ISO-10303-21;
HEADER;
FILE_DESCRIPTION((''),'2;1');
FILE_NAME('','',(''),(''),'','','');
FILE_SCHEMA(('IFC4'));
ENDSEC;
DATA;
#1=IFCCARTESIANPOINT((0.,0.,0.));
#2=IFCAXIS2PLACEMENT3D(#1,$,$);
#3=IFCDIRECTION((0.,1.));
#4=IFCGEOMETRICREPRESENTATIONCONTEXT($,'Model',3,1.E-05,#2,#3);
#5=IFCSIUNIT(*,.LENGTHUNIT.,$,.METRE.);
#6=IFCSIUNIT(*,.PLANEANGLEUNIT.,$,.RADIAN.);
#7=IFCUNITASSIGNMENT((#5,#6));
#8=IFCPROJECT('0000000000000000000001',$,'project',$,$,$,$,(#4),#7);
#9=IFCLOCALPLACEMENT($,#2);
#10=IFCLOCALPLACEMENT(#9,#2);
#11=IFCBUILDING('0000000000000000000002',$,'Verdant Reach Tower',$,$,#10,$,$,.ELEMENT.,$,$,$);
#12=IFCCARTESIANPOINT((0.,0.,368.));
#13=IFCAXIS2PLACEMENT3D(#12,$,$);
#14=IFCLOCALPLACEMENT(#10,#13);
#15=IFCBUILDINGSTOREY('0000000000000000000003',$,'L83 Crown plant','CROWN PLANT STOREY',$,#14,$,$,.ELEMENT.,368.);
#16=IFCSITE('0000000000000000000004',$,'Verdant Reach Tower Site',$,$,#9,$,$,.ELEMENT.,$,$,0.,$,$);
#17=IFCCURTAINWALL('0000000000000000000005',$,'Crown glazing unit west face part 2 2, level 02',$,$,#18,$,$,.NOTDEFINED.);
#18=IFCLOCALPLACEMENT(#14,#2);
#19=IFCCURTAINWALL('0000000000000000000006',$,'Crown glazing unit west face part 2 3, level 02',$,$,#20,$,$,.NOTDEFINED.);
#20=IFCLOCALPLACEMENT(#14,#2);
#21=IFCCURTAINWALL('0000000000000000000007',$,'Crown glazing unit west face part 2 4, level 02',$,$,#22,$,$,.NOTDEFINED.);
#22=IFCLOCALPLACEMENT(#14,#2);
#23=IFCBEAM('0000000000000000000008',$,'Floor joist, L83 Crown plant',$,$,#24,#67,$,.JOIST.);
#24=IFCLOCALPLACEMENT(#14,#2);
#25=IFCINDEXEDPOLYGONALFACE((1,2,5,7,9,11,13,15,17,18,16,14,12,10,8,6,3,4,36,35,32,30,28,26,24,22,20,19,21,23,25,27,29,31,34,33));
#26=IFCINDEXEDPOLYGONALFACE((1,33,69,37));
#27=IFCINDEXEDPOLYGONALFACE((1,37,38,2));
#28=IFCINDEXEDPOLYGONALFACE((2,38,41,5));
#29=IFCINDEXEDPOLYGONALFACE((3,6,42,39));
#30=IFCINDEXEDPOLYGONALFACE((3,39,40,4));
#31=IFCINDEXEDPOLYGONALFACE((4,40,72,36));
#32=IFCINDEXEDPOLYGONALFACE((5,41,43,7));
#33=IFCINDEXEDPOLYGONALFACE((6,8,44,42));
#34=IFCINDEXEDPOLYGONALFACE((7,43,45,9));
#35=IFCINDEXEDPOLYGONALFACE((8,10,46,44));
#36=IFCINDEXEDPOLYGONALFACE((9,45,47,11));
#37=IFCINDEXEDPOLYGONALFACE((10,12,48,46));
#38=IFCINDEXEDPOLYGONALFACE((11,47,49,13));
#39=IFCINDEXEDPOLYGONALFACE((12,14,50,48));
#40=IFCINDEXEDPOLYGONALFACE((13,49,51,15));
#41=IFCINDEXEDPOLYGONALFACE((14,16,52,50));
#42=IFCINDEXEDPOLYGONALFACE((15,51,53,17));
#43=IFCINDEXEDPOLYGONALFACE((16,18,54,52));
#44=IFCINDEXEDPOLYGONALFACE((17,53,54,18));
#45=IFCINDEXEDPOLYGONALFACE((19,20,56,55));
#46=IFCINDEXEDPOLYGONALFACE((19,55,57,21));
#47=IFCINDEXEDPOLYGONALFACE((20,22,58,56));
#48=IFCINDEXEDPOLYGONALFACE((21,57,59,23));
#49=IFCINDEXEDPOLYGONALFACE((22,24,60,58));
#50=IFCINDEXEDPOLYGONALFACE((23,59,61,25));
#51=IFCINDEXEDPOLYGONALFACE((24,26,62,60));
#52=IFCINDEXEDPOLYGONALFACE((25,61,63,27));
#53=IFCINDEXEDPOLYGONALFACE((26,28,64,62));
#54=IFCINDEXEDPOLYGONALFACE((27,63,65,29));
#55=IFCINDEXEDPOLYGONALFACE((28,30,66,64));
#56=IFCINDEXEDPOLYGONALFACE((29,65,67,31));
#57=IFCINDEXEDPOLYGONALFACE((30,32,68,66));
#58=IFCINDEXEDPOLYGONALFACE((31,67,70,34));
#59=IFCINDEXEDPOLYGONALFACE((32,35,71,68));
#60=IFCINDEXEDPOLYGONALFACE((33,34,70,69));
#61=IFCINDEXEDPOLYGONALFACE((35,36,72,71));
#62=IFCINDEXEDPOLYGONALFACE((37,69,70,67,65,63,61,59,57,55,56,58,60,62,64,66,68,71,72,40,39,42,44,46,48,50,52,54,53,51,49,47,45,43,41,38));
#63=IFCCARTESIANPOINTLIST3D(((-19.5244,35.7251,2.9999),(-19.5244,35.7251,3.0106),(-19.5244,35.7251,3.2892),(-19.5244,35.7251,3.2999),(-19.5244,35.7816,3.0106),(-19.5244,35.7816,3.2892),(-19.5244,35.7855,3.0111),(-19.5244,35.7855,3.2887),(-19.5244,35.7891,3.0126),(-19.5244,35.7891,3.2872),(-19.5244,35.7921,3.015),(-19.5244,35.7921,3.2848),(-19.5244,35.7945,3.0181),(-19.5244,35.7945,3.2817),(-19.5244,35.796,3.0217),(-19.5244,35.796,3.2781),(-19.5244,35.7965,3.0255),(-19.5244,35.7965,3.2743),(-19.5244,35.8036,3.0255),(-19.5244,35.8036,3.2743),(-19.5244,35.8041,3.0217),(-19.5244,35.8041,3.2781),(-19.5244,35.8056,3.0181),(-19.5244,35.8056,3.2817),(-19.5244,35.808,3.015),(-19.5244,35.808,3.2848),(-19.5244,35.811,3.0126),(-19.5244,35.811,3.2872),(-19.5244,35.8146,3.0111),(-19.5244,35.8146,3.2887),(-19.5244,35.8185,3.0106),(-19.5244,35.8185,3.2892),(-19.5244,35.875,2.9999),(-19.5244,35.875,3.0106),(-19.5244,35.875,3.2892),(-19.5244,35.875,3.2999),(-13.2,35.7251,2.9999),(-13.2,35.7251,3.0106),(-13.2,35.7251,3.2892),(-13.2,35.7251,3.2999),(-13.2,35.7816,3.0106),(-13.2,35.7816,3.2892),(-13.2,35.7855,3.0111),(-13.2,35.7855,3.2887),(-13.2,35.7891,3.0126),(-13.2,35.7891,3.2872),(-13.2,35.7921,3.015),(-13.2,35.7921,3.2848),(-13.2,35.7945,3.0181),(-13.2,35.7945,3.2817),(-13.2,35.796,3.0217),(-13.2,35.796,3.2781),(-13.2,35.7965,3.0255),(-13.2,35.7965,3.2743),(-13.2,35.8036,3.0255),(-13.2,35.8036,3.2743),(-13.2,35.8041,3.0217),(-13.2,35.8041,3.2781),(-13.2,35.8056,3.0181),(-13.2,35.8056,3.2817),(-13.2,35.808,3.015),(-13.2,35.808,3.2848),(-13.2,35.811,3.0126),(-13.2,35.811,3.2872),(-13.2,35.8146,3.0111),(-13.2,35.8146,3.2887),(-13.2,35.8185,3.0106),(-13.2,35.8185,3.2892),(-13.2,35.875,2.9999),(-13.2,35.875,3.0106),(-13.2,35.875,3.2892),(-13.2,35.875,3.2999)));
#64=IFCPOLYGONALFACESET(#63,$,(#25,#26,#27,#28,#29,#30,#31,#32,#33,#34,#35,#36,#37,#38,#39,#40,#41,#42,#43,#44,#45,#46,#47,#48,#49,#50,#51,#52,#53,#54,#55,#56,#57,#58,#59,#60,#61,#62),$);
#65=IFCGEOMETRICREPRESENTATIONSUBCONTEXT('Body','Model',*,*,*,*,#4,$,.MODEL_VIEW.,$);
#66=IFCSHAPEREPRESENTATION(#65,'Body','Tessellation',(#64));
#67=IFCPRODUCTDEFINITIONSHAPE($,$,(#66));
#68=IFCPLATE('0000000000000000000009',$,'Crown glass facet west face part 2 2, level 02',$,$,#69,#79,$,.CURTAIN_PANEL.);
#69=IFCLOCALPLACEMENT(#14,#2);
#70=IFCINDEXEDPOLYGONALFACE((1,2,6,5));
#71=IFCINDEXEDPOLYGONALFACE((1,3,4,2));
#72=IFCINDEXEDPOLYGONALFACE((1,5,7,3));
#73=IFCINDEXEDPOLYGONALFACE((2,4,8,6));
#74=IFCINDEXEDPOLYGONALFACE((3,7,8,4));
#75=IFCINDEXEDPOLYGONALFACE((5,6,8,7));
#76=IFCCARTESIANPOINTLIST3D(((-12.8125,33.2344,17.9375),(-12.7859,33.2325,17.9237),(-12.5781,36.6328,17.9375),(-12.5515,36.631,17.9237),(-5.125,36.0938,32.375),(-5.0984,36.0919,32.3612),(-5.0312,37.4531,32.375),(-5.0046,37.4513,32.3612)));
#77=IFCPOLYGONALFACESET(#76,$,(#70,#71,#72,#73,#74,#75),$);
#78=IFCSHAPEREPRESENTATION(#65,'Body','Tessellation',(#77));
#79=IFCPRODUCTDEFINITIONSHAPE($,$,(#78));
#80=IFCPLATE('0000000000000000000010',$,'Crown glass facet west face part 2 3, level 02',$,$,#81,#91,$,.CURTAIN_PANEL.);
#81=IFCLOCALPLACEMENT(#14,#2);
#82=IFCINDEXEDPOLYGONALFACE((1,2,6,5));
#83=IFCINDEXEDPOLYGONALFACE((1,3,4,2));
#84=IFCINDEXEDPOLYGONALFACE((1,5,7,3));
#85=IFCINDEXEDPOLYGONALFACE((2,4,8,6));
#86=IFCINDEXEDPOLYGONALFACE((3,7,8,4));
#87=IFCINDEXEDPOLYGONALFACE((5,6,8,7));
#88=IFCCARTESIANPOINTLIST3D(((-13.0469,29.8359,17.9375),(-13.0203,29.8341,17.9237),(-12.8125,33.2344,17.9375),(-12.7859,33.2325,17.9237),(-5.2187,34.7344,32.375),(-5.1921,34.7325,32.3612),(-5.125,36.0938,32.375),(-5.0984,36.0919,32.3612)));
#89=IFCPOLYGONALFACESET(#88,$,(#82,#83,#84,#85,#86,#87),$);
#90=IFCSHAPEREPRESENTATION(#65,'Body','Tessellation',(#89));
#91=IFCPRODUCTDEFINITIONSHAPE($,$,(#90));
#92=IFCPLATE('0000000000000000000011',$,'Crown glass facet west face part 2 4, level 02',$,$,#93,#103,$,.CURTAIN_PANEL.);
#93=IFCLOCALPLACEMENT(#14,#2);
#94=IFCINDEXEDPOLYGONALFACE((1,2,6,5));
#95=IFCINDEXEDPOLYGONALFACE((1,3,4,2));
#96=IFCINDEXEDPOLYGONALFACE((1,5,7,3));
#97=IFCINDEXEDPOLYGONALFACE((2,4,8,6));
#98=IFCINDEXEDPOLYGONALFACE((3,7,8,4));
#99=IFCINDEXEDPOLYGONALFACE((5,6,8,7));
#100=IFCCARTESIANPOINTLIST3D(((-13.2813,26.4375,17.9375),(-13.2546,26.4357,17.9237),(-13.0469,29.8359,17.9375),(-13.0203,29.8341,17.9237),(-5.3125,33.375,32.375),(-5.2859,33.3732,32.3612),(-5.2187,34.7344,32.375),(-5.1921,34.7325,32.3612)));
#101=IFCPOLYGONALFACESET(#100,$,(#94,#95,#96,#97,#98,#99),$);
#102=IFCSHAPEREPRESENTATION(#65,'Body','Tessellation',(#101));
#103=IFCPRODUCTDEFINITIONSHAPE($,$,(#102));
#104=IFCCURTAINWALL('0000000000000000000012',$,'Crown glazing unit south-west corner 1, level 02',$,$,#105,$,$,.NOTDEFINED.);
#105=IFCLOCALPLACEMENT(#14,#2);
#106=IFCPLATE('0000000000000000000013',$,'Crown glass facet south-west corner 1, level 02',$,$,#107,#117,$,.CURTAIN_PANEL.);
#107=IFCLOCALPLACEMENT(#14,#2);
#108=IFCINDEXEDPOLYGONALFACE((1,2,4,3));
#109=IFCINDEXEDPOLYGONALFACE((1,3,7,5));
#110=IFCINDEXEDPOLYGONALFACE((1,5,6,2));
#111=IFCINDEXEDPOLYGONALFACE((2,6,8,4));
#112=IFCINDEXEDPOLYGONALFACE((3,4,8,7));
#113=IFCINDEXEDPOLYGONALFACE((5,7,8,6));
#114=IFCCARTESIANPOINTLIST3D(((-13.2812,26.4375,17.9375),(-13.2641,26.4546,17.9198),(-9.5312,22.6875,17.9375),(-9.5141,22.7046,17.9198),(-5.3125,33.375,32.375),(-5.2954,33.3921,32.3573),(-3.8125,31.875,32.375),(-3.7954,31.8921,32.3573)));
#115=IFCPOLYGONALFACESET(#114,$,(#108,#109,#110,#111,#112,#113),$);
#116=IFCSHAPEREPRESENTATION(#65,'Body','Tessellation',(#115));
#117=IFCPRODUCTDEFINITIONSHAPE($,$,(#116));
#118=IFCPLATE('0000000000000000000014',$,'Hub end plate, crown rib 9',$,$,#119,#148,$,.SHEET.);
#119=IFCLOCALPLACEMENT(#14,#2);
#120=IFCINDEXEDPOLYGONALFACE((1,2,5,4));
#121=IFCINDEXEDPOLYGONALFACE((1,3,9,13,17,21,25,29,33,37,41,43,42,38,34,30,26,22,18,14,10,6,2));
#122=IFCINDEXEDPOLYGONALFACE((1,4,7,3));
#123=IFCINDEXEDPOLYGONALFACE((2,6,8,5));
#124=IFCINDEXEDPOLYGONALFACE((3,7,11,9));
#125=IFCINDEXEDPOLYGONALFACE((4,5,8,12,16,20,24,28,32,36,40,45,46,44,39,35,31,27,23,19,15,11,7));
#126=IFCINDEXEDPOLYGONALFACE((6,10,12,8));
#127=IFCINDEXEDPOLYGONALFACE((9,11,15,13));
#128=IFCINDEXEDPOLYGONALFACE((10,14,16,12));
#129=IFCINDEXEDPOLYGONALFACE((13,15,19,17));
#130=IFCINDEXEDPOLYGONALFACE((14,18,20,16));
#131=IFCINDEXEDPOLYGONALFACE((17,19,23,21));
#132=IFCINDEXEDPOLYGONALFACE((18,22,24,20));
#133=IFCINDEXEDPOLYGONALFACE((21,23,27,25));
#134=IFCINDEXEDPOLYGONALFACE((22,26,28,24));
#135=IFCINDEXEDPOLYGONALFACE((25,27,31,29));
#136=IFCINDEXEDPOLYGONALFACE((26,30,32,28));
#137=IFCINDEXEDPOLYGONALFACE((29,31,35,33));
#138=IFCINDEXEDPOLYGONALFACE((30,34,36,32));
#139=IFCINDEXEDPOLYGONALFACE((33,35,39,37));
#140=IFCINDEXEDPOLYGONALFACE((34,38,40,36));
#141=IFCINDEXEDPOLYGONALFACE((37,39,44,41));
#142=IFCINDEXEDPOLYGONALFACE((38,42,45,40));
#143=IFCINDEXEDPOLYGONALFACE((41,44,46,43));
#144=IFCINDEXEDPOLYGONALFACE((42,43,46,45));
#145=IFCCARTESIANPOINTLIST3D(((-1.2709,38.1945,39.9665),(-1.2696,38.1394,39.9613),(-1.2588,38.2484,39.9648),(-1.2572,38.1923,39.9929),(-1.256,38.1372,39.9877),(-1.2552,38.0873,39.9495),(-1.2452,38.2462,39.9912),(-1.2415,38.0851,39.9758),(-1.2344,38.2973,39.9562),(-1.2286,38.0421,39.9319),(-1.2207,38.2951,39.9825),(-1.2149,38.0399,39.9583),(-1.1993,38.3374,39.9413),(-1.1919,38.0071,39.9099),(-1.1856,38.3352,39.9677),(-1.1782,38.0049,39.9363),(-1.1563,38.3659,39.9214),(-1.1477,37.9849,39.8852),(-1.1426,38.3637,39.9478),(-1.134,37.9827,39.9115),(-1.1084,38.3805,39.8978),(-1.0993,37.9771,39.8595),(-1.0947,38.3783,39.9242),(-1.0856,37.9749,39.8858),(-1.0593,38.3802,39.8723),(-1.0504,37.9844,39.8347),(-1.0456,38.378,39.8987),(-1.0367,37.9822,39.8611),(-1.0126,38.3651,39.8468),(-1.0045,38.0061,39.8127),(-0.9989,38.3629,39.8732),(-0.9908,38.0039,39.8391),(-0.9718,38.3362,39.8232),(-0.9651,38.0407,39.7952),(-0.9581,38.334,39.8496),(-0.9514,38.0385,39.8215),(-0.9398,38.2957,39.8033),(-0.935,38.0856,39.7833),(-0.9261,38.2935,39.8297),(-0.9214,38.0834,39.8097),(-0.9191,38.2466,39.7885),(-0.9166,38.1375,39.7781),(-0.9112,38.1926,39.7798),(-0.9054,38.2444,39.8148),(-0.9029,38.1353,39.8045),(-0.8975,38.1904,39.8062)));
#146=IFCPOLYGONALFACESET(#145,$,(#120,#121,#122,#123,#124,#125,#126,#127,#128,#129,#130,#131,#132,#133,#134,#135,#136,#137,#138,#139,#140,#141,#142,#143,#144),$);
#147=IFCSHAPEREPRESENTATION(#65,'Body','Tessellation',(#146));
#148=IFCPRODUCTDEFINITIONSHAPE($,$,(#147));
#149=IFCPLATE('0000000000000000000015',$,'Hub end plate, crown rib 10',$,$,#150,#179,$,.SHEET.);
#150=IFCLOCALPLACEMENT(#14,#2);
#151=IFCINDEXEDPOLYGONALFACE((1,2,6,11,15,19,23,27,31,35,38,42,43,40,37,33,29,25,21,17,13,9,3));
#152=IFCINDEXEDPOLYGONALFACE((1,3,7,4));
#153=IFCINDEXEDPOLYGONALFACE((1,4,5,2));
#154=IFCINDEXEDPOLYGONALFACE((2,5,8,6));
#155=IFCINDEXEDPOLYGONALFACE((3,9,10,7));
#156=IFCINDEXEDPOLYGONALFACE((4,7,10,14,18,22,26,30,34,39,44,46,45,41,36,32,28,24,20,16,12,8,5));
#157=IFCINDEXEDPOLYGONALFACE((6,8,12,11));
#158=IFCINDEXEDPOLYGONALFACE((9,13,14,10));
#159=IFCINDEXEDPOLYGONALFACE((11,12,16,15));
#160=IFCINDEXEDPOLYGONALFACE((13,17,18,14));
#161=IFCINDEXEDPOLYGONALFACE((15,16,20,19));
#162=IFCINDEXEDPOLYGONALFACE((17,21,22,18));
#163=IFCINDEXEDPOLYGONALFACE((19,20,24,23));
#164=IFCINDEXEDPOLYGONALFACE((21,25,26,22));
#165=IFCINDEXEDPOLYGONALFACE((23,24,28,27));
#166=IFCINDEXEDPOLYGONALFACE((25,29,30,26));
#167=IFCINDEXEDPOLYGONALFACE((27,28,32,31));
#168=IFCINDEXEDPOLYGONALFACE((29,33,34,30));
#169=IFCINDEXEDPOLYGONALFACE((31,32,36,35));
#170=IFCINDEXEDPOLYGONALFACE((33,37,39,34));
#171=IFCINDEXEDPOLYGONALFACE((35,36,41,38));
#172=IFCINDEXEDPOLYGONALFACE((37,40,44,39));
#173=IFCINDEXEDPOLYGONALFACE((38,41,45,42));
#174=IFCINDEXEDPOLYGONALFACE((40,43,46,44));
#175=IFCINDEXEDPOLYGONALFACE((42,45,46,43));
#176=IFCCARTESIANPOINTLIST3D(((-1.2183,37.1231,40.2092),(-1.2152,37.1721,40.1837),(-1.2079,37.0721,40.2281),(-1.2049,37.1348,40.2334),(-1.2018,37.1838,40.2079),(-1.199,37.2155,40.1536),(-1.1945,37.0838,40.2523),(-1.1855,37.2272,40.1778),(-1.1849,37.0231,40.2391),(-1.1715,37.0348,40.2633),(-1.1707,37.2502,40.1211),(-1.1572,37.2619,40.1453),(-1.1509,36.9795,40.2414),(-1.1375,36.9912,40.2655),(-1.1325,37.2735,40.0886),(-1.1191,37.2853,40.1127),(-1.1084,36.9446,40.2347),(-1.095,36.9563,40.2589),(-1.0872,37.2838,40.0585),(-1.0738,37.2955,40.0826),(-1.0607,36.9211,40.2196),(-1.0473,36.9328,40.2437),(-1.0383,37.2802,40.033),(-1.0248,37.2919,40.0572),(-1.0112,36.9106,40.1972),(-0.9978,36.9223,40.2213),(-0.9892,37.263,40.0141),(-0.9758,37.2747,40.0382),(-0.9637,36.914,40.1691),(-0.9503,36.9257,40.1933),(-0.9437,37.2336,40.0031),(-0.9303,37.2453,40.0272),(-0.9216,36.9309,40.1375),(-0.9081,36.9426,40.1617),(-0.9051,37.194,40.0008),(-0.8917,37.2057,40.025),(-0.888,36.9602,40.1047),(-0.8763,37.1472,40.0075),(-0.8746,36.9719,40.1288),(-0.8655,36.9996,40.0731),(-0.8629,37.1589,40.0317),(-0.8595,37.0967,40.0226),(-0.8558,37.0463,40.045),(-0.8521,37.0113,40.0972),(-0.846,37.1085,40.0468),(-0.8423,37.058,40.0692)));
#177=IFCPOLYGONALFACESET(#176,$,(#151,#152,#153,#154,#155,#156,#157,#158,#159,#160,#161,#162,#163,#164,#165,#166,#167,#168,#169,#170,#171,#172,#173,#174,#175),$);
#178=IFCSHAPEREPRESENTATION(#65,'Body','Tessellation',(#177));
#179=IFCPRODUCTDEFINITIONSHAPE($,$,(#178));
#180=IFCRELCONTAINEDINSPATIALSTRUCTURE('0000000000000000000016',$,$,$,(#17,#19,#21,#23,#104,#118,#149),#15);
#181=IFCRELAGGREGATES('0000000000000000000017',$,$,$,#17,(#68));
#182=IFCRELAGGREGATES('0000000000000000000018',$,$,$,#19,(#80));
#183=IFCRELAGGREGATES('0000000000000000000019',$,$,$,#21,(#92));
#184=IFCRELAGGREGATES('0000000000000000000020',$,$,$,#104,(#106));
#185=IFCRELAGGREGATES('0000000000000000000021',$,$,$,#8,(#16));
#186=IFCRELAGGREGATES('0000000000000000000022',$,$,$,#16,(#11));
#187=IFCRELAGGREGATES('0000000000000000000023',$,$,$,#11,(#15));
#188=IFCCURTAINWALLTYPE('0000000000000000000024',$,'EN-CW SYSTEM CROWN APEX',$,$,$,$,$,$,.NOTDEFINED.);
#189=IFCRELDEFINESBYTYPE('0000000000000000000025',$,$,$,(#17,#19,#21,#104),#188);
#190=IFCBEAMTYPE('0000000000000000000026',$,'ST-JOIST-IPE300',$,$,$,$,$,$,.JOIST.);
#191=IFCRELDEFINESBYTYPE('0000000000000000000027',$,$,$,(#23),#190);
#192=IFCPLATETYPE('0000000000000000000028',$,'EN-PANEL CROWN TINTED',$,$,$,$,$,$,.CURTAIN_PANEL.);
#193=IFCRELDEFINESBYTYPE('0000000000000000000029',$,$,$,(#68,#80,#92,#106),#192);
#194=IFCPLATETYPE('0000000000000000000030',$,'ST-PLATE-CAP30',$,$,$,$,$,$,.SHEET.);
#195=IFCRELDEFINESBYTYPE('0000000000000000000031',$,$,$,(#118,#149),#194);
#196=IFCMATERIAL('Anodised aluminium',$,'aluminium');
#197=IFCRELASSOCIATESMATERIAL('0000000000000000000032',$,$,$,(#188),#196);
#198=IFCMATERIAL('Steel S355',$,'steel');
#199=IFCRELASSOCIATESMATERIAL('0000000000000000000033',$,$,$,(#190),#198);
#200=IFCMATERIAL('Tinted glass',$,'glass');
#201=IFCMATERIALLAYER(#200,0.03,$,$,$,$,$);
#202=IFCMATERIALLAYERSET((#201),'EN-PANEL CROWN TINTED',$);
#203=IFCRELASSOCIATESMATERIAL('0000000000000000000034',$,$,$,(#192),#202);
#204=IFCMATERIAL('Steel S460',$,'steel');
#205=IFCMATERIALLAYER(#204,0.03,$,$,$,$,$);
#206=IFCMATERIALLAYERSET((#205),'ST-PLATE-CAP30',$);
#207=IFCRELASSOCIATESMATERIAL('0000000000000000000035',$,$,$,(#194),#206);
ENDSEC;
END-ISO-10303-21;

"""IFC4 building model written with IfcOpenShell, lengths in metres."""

from ifc_helpers import new_model, si_unit, direction, frame, origin, origin_2d, place, context, subcontext, project, spatial, polyline, circle, i_section, outline, extrude, material, layer, layer_set, material_profile, profile_set, type_object, element, aggregate, save


model = new_model("IFC4")

# Units and contexts
model_context = context("Model", 3, precision=1e-05, world=origin(), true_north=direction((0.0, 1.0)))
body_context = subcontext(model_context, "Body", "Model", "MODEL_VIEW")
ifc_project = project(units=[si_unit("LENGTHUNIT", "METRE"), si_unit("PLANEANGLEUNIT", "RADIAN")], contexts=[model_context])

# Site, building, storey
site_placement = place(None, origin())
site = spatial("IfcSite", under=ifc_project, at=site_placement, Name="Verdant Reach Tower Site", CompositionType="ELEMENT", RefElevation=0.0)
building_placement = place(site_placement, origin())
building = spatial("IfcBuilding", under=site, at=building_placement, Name="Verdant Reach Tower", CompositionType="ELEMENT")
storey_placement = place(building_placement, frame((0.0, 0.0, 368.0)))
storey = spatial("IfcBuildingStorey", under=building, at=storey_placement, Name="L83 Crown plant", Description="CROWN PLANT STOREY", CompositionType="ELEMENT", Elevation=368.0)

# Curtain walls
ifc_material_1 = material(Name="Anodised aluminium", Category="aluminium")
curtain_wall_type = type_object("IfcCurtainWallType", Name="EN-CW SYSTEM CROWN APEX", PredefinedType="NOTDEFINED", material=ifc_material_1)
curtain_wall_1_placement = place(storey_placement, origin())
curtain_wall_1 = element("IfcCurtainWall", 1, at=curtain_wall_1_placement, inside=storey, type_object=curtain_wall_type, Name="Crown glazing unit west face part 2 2, level 02", PredefinedType="NOTDEFINED")
curtain_wall_2_placement = place(storey_placement, origin())
curtain_wall_2 = element("IfcCurtainWall", 2, at=curtain_wall_2_placement, inside=storey, type_object=curtain_wall_type, Name="Crown glazing unit west face part 2 3, level 02", PredefinedType="NOTDEFINED")
curtain_wall_3_placement = place(storey_placement, origin())
curtain_wall_3 = element("IfcCurtainWall", 3, at=curtain_wall_3_placement, inside=storey, type_object=curtain_wall_type, Name="Crown glazing unit west face part 2 4, level 02", PredefinedType="NOTDEFINED")

# Beam
ifc_material_2 = material(Name="Steel S355", Category="steel")
ifc_material_profile_1 = material_profile(ifc_material_2, i_section(OverallWidth=0.1499, OverallDepth=0.3, WebThickness=0.0071, FlangeThickness=0.0107, FilletRadius=0.0149, at=origin_2d()), Name="IPE 300")
ifc_profile_set_1 = profile_set([ifc_material_profile_1], Name="Steel S355")
beam_type_1 = type_object("IfcBeamType", Name="ST-JOIST-IPE300", PredefinedType="JOIST", material=ifc_profile_set_1)
beam_1_placement = place(storey_placement, frame((-13.2, 35.8, 3.1499), z_axis=(-1.0, 0.0, 0.0), x_axis=(0.0, -1.0, 0.0)))
element("IfcBeam", 4, at=beam_1_placement, inside=storey, type_object=beam_type_1, Name="Floor joist, L83 Crown plant", PredefinedType="JOIST", context=body_context, shape_type="SweptSolid", body=[
    extrude(i_section(OverallWidth=0.1499, OverallDepth=0.3, WebThickness=0.0071, FlangeThickness=0.0107, FilletRadius=0.0149, at=origin_2d()), origin(), (0.0, 0.0, 1.0), 6.3245),
])

# Plates
ifc_material_3 = material(Name="Tinted glass", Category="glass")
ifc_layer_1 = layer(ifc_material_3, 0.03)
ifc_layer_set_1 = layer_set([ifc_layer_1], Name="EN-PANEL CROWN TINTED")
plate_type_1 = type_object("IfcPlateType", Name="EN-PANEL CROWN TINTED", PredefinedType="CURTAIN_PANEL", material=ifc_layer_set_1)
plate_1_placement = place(storey_placement, frame((-12.5781, 36.6328, 17.9375), z_axis=(-0.885991, 0.061103, 0.45966), x_axis=(-0.068802, -0.99763, 0.0)))
plate_1 = element("IfcPlate", 5, at=plate_1_placement, type_object=plate_type_1, Name="Crown glass facet west face part 2 2, level 02", PredefinedType="CURTAIN_PANEL", context=body_context, shape_type="SweptSolid", body=[
    extrude(outline(polyline([(0.0, 0.0), (3.4065, 0.0), (0.025, 16.2567), (-1.3376, 16.2567), (0.0, 0.0)])), origin(), (0.0, 0.0, -1.0), 0.03),
])
aggregate(curtain_wall_1, [plate_1])
plate_2_placement = place(storey_placement, frame((-12.8125, 33.2344, 17.9375), z_axis=(-0.885991, 0.061103, 0.45966), x_axis=(-0.068802, -0.99763, 0.0)))
plate_2 = element("IfcPlate", 6, at=plate_2_placement, type_object=plate_type_1, Name="Crown glass facet west face part 2 3, level 02", PredefinedType="CURTAIN_PANEL", context=body_context, shape_type="SweptSolid", body=[
    extrude(outline(polyline([(0.0, 0.0), (3.4065, 0.0), (-2.0189, 16.2567), (-3.3815, 16.2567), (0.0, 0.0)])), origin(), (0.0, 0.0, -1.0), 0.03),
])
aggregate(curtain_wall_2, [plate_2])
plate_3_placement = place(storey_placement, frame((-13.0469, 29.8359, 17.9375), z_axis=(-0.885991, 0.061103, 0.45966), x_axis=(-0.068802, -0.99763, 0.0)))
plate_3 = element("IfcPlate", 7, at=plate_3_placement, type_object=plate_type_1, Name="Crown glass facet west face part 2 4, level 02", PredefinedType="CURTAIN_PANEL", context=body_context, shape_type="SweptSolid", body=[
    extrude(outline(polyline([(0.0, 0.0), (3.4065, 0.0), (-4.0628, 16.2567), (-5.4254, 16.2567), (0.0, 0.0)])), origin(), (0.0, 0.0, -1.0), 0.03),
])
aggregate(curtain_wall_3, [plate_3])

# Curtain wall, plate
curtain_wall_4_placement = place(storey_placement, origin())
curtain_wall_4 = element("IfcCurtainWall", 8, at=curtain_wall_4_placement, inside=storey, type_object=curtain_wall_type, Name="Crown glazing unit south-west corner 1, level 02", PredefinedType="NOTDEFINED")
plate_4_placement = place(storey_placement, frame((-13.2812, 26.4375, 17.9375), z_axis=(-0.571103, -0.571103, 0.589646), x_axis=(0.707107, -0.707107, 0.0)))
plate_4 = element("IfcPlate", 9, at=plate_4_placement, type_object=plate_type_1, Name="Crown glass facet south-west corner 1, level 02", PredefinedType="CURTAIN_PANEL", context=body_context, shape_type="SweptSolid", body=[
    extrude(outline(polyline([(0.0, 0.0), (5.3033, 0.0), (2.8505, 17.8757), (0.7292, 17.8757), (0.0, 0.0)])), origin(), (0.0, 0.0, -1.0), 0.03),
])
aggregate(curtain_wall_4, [plate_4])

# Plates
ifc_material_4 = material(Name="Steel S460", Category="steel")
ifc_layer_2 = layer(ifc_material_4, 0.03)
ifc_layer_set_2 = layer_set([ifc_layer_2], Name="ST-PLATE-CAP30")
plate_type_2 = type_object("IfcPlateType", Name="ST-PLATE-CAP30", PredefinedType="SHEET", material=ifc_layer_set_2)
plate_5_placement = place(storey_placement, frame((-1.0916, 38.1797, 39.8723), z_axis=(0.459063, -0.073778, 0.885335), x_axis=(0.158678, 0.98733, 0.0)))
element("IfcPlate", 10, at=plate_5_placement, inside=storey, type_object=plate_type_2, Name="Hub end plate, crown rib 9", PredefinedType="SHEET", context=body_context, shape_type="SweptSolid", body=[
    extrude(circle(Radius=0.2031, at=origin_2d()), origin(), (0.0, 0.0, 1.0), 0.0298),
])
for number, where, z_axis, x_axis, name in (
    (11, (-1.0371, 37.0972, 40.1211), (0.44714, 0.390231, 0.804851), (-0.657534, 0.753425, 0.0), "Hub end plate, crown rib 10"),
):
    element("IfcPlate", number, at=place(storey_placement, frame(where, z_axis=z_axis, x_axis=x_axis)), inside=storey, type_object=plate_type_2, Name=name, PredefinedType="SHEET", context=body_context, shape_type="SweptSolid", body=[
        extrude(circle(Radius=0.2031, at=origin_2d()), origin(), (0.0, 0.0, 1.0), 0.03),
    ])

save(model, "model.ifc")
